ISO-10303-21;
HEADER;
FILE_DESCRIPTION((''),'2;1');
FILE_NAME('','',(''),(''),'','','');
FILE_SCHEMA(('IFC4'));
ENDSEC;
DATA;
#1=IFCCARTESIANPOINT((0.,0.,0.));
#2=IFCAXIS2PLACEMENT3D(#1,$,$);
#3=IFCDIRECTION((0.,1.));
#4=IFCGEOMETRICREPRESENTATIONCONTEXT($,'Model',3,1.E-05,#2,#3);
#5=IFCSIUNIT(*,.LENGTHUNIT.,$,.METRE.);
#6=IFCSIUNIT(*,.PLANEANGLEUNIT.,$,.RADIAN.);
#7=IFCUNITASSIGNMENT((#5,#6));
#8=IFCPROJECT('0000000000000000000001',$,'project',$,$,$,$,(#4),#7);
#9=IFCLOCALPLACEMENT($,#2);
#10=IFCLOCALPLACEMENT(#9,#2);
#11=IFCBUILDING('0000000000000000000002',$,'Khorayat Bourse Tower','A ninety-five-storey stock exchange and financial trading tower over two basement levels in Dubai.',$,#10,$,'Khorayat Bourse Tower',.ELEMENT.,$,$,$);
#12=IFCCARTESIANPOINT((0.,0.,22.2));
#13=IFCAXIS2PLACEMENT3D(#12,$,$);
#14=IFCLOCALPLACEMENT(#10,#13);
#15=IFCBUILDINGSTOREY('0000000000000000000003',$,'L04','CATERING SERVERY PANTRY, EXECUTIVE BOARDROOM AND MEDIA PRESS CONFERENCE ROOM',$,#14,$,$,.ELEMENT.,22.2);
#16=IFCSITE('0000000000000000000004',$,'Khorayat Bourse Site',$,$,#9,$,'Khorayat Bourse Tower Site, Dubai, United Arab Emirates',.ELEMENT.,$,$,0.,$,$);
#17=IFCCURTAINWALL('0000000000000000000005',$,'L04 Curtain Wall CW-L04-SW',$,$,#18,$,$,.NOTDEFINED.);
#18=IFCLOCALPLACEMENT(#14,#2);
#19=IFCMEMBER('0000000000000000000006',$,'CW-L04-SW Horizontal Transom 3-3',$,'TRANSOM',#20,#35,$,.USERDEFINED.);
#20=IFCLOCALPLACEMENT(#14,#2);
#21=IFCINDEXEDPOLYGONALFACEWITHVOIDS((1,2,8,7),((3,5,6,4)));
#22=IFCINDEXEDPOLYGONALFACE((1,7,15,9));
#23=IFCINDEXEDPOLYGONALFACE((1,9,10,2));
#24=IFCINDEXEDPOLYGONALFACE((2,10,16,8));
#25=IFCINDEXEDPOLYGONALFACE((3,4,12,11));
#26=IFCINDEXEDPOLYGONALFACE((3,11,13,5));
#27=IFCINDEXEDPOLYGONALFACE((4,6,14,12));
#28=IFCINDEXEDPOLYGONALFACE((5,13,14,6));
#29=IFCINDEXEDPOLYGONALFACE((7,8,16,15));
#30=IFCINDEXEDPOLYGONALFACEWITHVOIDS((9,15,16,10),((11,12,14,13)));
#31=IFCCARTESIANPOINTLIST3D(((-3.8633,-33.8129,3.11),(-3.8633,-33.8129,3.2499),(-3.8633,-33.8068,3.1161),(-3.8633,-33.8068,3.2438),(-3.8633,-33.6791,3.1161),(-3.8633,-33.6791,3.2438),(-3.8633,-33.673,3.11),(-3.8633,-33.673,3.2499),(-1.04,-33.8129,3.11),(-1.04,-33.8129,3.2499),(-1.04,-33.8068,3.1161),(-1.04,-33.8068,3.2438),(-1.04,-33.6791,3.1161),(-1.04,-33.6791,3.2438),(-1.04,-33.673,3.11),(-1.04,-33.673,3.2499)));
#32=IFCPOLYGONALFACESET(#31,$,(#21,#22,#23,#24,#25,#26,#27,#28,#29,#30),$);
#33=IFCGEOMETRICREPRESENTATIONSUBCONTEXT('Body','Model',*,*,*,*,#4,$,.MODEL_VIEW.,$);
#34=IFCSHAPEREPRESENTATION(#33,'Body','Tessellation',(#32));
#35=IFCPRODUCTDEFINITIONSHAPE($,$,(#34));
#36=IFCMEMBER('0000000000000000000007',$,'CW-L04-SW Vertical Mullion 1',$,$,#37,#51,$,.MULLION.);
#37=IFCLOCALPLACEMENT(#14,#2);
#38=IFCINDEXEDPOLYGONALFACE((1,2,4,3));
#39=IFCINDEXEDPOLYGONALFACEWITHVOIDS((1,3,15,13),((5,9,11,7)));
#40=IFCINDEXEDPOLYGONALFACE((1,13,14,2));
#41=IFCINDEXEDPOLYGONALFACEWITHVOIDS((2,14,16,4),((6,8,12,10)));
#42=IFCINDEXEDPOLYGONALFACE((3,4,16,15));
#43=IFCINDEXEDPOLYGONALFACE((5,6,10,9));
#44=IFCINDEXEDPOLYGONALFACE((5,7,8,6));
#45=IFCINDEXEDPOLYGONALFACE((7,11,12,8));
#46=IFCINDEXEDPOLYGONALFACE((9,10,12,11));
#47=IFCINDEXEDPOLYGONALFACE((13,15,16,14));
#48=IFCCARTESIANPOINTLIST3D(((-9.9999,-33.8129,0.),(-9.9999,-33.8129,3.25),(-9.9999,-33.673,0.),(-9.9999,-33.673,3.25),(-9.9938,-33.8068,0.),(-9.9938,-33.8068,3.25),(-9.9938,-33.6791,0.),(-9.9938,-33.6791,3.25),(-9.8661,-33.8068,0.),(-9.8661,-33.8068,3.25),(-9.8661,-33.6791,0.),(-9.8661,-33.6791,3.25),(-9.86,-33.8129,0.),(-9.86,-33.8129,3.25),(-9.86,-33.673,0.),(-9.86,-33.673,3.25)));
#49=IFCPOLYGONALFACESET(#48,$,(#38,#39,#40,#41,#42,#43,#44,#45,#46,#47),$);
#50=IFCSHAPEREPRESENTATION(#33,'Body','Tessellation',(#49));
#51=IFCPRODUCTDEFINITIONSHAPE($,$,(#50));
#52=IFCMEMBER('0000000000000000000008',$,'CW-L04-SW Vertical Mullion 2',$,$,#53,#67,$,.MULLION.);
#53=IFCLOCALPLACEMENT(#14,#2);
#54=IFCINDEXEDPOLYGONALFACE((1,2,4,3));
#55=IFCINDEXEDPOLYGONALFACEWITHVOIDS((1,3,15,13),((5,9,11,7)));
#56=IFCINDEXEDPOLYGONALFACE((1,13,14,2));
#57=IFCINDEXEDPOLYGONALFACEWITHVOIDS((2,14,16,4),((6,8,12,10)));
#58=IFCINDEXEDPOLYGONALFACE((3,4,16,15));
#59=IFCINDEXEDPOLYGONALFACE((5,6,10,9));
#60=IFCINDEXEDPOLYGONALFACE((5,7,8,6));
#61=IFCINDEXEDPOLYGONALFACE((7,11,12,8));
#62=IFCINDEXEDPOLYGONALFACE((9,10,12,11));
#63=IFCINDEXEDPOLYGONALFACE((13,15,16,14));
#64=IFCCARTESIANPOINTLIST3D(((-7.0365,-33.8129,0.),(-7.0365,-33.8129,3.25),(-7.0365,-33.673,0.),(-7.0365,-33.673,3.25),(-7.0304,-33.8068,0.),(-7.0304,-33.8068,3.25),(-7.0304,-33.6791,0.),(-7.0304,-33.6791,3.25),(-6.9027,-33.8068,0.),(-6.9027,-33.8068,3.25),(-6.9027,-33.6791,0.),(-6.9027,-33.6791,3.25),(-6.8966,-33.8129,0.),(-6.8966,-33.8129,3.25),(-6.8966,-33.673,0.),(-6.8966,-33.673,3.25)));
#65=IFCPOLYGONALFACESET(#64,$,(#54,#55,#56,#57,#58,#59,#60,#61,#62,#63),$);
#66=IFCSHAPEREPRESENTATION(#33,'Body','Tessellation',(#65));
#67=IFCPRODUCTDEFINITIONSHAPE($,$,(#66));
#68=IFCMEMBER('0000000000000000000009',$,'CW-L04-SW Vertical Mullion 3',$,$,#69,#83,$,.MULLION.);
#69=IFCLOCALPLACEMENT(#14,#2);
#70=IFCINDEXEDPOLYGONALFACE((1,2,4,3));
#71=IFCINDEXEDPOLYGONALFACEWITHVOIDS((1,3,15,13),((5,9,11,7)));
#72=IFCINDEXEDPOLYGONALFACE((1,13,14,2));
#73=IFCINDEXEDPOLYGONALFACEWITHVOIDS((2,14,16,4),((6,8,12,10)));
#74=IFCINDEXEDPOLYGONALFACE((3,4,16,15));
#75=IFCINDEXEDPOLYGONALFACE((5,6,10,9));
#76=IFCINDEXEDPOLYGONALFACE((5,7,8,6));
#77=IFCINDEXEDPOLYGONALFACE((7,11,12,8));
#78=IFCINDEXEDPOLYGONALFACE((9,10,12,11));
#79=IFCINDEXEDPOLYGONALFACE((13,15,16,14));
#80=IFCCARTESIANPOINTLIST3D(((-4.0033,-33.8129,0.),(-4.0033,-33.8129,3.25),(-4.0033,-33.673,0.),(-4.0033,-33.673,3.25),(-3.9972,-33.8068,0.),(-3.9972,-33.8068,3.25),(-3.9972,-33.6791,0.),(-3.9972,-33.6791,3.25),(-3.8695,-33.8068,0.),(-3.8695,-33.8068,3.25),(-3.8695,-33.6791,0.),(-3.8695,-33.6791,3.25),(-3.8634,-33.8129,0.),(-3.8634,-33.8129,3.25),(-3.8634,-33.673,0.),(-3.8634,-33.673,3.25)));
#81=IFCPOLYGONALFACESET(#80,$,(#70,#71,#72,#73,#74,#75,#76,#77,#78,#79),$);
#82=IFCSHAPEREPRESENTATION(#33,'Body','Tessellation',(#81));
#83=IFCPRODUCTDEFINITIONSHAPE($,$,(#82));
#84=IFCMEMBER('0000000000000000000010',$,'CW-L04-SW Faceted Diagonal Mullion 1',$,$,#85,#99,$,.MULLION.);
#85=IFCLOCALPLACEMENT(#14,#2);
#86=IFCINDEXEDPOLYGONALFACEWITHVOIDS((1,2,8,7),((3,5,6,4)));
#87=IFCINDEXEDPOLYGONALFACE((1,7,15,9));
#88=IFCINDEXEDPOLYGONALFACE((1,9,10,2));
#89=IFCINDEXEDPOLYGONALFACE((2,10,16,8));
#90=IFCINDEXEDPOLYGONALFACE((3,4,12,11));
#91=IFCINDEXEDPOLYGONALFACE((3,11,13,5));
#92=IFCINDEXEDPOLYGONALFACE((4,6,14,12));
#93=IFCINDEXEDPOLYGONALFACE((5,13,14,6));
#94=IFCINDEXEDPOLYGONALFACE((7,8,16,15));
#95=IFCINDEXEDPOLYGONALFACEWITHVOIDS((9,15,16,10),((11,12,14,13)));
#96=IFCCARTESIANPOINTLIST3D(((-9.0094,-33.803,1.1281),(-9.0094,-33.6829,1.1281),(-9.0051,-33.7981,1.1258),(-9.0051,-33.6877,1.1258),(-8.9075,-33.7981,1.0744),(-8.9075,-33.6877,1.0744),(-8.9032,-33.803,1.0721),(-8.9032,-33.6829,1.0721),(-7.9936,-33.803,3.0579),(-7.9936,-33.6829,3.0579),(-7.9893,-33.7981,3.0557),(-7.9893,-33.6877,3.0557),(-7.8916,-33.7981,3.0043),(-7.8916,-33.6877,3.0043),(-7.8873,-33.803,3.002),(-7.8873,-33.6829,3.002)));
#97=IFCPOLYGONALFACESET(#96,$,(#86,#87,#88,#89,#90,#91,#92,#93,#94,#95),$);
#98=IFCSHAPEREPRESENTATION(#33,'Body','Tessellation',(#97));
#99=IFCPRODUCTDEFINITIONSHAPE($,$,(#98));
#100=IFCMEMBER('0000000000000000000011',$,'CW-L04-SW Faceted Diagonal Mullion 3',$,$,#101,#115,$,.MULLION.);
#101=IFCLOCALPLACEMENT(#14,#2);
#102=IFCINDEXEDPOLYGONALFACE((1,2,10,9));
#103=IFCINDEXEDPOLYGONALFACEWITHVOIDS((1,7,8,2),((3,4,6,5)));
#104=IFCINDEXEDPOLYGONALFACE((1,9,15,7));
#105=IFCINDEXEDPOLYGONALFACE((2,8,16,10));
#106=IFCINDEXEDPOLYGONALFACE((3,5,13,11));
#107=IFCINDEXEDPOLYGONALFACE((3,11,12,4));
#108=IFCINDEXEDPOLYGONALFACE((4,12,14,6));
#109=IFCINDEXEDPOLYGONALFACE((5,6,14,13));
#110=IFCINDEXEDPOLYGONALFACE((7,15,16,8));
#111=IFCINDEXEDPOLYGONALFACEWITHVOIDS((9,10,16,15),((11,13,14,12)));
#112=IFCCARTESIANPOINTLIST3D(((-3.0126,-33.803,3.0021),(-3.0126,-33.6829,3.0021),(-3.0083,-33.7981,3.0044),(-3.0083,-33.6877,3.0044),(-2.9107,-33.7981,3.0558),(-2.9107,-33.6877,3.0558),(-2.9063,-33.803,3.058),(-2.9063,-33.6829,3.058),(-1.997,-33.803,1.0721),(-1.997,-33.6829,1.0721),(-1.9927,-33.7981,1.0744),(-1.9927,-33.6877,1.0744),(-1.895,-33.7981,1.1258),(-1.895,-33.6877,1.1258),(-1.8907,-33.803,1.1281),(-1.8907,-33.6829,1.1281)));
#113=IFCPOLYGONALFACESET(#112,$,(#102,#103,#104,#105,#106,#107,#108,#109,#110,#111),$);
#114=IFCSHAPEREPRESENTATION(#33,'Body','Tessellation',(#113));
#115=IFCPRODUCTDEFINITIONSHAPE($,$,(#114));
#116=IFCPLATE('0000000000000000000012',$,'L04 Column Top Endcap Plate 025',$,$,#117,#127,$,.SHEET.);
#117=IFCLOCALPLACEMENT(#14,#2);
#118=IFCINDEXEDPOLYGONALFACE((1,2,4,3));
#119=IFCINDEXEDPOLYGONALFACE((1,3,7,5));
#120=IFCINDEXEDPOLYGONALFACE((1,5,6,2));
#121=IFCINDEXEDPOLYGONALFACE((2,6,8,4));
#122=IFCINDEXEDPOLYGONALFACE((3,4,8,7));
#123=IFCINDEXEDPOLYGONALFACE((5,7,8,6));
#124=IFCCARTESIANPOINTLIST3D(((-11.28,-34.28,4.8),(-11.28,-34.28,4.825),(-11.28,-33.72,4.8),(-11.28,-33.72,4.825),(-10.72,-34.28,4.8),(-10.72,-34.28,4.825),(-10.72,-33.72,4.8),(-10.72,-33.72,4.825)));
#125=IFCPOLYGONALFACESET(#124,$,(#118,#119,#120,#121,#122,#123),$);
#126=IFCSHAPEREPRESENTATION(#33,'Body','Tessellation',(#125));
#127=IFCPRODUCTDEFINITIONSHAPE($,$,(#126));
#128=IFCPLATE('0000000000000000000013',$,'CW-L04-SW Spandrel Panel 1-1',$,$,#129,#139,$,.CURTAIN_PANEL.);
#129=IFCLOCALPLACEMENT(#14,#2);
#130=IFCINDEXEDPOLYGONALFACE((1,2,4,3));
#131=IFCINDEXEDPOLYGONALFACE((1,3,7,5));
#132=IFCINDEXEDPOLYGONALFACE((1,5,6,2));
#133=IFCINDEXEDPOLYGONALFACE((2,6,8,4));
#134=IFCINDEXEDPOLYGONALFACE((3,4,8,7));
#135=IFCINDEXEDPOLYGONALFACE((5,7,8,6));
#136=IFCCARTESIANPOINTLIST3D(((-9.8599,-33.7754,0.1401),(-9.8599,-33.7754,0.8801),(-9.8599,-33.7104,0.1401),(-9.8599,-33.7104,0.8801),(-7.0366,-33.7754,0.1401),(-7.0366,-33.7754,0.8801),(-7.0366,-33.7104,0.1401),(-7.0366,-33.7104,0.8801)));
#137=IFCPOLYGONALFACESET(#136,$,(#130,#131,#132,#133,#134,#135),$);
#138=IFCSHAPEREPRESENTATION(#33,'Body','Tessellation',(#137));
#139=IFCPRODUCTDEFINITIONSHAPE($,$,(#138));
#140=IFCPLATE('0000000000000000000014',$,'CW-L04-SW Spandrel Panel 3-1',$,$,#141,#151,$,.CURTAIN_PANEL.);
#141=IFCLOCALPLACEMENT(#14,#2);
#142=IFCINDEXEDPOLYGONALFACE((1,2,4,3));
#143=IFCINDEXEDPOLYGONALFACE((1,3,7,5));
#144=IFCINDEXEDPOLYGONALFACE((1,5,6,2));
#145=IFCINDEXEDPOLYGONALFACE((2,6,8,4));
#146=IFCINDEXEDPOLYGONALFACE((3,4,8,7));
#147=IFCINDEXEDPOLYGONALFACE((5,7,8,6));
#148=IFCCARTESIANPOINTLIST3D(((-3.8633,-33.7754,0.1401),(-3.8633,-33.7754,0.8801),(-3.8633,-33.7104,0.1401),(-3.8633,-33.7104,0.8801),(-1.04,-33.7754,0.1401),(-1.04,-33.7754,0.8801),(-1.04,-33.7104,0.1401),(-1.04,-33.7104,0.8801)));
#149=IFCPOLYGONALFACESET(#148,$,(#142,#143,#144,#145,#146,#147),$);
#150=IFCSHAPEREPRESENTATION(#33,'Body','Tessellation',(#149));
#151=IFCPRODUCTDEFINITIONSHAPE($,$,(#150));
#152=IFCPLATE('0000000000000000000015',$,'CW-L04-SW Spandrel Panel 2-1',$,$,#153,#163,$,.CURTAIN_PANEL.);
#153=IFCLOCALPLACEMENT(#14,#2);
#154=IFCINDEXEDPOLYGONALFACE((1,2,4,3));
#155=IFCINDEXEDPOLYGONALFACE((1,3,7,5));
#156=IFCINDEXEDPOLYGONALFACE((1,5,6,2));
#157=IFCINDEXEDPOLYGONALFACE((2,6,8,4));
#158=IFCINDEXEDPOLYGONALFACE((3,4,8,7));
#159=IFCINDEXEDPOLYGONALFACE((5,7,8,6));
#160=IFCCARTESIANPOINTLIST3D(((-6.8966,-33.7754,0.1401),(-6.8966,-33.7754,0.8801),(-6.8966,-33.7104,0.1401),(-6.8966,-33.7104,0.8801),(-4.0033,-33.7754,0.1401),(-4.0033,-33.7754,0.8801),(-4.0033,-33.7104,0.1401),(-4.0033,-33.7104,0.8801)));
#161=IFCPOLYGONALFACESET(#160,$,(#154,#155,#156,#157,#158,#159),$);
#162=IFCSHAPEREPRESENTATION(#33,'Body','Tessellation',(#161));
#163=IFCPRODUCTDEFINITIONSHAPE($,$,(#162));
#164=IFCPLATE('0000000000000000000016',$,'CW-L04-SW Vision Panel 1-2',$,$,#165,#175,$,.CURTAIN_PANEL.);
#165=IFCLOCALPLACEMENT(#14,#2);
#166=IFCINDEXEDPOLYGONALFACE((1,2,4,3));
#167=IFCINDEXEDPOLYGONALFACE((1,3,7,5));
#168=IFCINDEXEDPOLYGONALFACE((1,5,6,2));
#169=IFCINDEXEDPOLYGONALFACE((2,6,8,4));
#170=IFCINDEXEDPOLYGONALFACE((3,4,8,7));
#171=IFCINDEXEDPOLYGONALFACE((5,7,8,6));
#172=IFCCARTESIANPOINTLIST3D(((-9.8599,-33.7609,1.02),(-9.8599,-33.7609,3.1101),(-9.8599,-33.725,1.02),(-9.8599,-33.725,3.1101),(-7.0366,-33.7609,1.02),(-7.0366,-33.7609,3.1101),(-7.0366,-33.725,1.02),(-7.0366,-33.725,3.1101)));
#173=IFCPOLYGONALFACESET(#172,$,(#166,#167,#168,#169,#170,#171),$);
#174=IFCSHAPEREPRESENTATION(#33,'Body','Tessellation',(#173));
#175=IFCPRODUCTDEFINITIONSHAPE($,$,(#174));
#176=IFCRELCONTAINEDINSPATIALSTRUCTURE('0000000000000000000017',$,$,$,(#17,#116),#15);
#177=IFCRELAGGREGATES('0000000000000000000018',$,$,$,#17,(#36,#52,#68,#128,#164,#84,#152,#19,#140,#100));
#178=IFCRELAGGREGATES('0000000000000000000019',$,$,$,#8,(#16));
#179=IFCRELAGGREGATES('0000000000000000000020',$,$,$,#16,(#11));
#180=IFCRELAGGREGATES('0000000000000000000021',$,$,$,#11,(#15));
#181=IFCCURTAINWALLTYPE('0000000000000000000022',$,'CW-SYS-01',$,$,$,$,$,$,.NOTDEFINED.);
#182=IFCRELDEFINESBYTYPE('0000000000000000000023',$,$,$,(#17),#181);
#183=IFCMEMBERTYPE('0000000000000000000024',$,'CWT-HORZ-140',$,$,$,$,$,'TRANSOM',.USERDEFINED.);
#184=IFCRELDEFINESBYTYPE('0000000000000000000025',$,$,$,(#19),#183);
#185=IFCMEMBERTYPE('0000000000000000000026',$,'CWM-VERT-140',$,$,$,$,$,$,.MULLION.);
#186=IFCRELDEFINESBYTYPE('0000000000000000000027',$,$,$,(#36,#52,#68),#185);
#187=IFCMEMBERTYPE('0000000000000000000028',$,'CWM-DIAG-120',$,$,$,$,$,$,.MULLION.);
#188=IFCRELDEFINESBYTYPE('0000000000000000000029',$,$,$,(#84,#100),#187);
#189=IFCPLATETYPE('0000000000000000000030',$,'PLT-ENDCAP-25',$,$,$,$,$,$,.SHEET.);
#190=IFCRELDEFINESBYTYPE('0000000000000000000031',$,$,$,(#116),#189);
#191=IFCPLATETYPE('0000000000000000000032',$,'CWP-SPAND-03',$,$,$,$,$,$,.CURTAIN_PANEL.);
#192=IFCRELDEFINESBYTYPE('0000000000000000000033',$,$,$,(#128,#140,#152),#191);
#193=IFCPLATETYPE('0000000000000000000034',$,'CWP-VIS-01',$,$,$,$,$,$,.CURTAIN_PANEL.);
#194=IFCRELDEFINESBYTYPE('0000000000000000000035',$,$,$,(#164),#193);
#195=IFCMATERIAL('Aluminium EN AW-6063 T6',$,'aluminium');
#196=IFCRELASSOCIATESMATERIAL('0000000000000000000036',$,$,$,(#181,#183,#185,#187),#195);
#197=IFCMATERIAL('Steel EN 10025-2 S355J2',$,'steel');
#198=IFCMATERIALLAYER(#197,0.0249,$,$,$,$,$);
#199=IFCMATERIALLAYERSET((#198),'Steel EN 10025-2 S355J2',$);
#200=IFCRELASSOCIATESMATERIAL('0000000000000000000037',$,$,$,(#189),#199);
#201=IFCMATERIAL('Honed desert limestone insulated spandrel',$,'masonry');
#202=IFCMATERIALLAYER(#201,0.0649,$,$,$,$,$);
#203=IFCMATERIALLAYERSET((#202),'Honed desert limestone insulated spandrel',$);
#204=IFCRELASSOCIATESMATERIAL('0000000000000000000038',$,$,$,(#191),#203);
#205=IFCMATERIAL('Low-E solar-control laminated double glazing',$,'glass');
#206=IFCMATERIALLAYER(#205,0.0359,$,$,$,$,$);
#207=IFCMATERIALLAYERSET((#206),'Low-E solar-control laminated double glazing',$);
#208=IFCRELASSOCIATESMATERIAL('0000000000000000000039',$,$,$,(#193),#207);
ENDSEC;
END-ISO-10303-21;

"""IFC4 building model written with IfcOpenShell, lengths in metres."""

from ifc_helpers import new_model, si_unit, direction, frame, origin, origin_2d, place, context, subcontext, project, spatial, rectangle, hollow_rectangle, extrude, source, transform, mapped, material, layer, layer_set, material_profile, profile_set, type_object, element, aggregate, save


model = new_model("IFC4")

# Units and contexts
model_context = context("Model", 3, precision=1e-05, world=origin(), true_north=direction((0.0, 1.0)))
body_context = subcontext(model_context, "Body", "Model", "MODEL_VIEW")
ifc_project = project(units=[si_unit("LENGTHUNIT", "METRE"), si_unit("PLANEANGLEUNIT", "RADIAN")], contexts=[model_context])

# Site, building, storey
site_placement = place(None, origin())
site = spatial("IfcSite", under=ifc_project, at=site_placement, Name="Khorayat Bourse Site", LongName="Khorayat Bourse Tower Site, Dubai, United Arab Emirates", CompositionType="ELEMENT", RefElevation=0.0)
building_placement = place(site_placement, origin())
building = spatial("IfcBuilding", under=site, at=building_placement, Name="Khorayat Bourse Tower", Description="A ninety-five-storey stock exchange and financial trading tower over two basement levels in Dubai.", LongName="Khorayat Bourse Tower", CompositionType="ELEMENT")
storey_placement = place(building_placement, frame((0.0, 0.0, 22.2)))
storey = spatial("IfcBuildingStorey", under=building, at=storey_placement, Name="L04", Description="CATERING SERVERY PANTRY, EXECUTIVE BOARDROOM AND MEDIA PRESS CONFERENCE ROOM", CompositionType="ELEMENT", Elevation=22.2)

# Shared definitions
ifc_material_1 = material(Name="Steel EN 10025-2 S355J2", Category="steel")

# Curtain wall, members
ifc_material_2 = material(Name="Aluminium EN AW-6063 T6", Category="aluminium")
curtain_wall_type = type_object("IfcCurtainWallType", Name="CW-SYS-01", PredefinedType="NOTDEFINED", material=ifc_material_2)
curtain_wall_placement = place(storey_placement, origin())
curtain_wall = element("IfcCurtainWall", 1, at=curtain_wall_placement, inside=storey, type_object=curtain_wall_type, Name="L04 Curtain Wall CW-L04-SW", PredefinedType="NOTDEFINED")
ifc_material_profile_1 = material_profile(ifc_material_2, hollow_rectangle(XDim=0.1399, YDim=0.1399, WallThickness=0.0061, at=origin_2d()), Name="ALU 140x140x6")
ifc_profile_set_1 = profile_set([ifc_material_profile_1], Name="Aluminium EN AW-6063 T6")
member_type_1 = type_object("IfcMemberType", Name="CWT-HORZ-140", ElementType="TRANSOM", PredefinedType="USERDEFINED", material=ifc_profile_set_1)
shared_shape_1 = source(origin(), body_context, "Body", "SweptSolid", [
    extrude(hollow_rectangle(XDim=0.1399, YDim=0.1399, WallThickness=0.0061, at=origin_2d()), origin(), (0.0, 0.0, 1.0), 2.8232),
])
member_1_placement = place(storey_placement, frame((-3.8633, -33.7429, 3.1799), z_axis=(1.0, 0.0, 0.0), x_axis=(0.0, 1.0, 0.0)))
member_1 = element("IfcMember", 2, at=member_1_placement, type_object=member_type_1, Name="CW-L04-SW Horizontal Transom 3-3", ObjectType="TRANSOM", PredefinedType="USERDEFINED", context=body_context, shape_type="MappedRepresentation", body=[
    mapped(shared_shape_1, transform((0.0, 0.0, 0.0), scale=1.0)),
])
ifc_material_profile_2 = material_profile(ifc_material_2, hollow_rectangle(XDim=0.1399, YDim=0.1399, WallThickness=0.0061, at=origin_2d()), Name="ALU 140x140x6")
ifc_profile_set_2 = profile_set([ifc_material_profile_2], Name="Aluminium EN AW-6063 T6")
member_type_2 = type_object("IfcMemberType", Name="CWM-VERT-140", PredefinedType="MULLION", material=ifc_profile_set_2)
shared_shape_2 = source(origin(), body_context, "Body", "SweptSolid", [
    extrude(hollow_rectangle(XDim=0.1399, YDim=0.1399, WallThickness=0.0061, at=origin_2d()), origin(), (0.0, 0.0, 1.0), 3.25),
])
member_2_placement = place(storey_placement, frame((-9.9299, -33.7429, 0.0), z_axis=(0.0, 0.0, 1.0), x_axis=(0.0, 1.0, 0.0)))
member_2 = element("IfcMember", 3, at=member_2_placement, type_object=member_type_2, Name="CW-L04-SW Vertical Mullion 1", PredefinedType="MULLION", context=body_context, shape_type="MappedRepresentation", body=[
    mapped(shared_shape_2, transform((0.0, 0.0, 0.0), scale=1.0)),
])
member_3_placement = place(storey_placement, frame((-6.9666, -33.7429, 0.0), z_axis=(0.0, 0.0, 1.0), x_axis=(0.0, 1.0, 0.0)))
member_3 = element("IfcMember", 4, at=member_3_placement, type_object=member_type_2, Name="CW-L04-SW Vertical Mullion 2", PredefinedType="MULLION", context=body_context, shape_type="MappedRepresentation", body=[
    mapped(shared_shape_2, transform((0.0, 0.0, 0.0), scale=1.0)),
])
member_4_placement = place(storey_placement, frame((-3.9333, -33.7429, 0.0), z_axis=(0.0, 0.0, 1.0), x_axis=(0.0, 1.0, 0.0)))
member_4 = element("IfcMember", 5, at=member_4_placement, type_object=member_type_2, Name="CW-L04-SW Vertical Mullion 3", PredefinedType="MULLION", context=body_context, shape_type="MappedRepresentation", body=[
    mapped(shared_shape_2, transform((0.0, 0.0, 0.0), scale=1.0)),
])
ifc_material_profile_3 = material_profile(ifc_material_2, hollow_rectangle(XDim=0.1201, YDim=0.1201, WallThickness=0.0049, at=origin_2d()), Name="ALU 120x120x5")
ifc_profile_set_3 = profile_set([ifc_material_profile_3], Name="Aluminium EN AW-6063 T6")
member_type_3 = type_object("IfcMemberType", Name="CWM-DIAG-120", PredefinedType="MULLION", material=ifc_profile_set_3)
shared_shape_3 = source(origin(), body_context, "Body", "SweptSolid", [
    extrude(hollow_rectangle(XDim=0.1201, YDim=0.1201, WallThickness=0.0049, at=origin_2d()), origin(), (0.0, 0.0, 1.0), 2.1809),
])
member_5_placement = place(storey_placement, frame((-8.9563, -33.7429, 1.1001), z_axis=(0.465788, 0.0, 0.884896), x_axis=(0.0, 1.0, 0.0)))
member_5 = element("IfcMember", 6, at=member_5_placement, type_object=member_type_3, Name="CW-L04-SW Faceted Diagonal Mullion 1", PredefinedType="MULLION", context=body_context, shape_type="MappedRepresentation", body=[
    mapped(shared_shape_3, transform((0.0, 0.0, 0.0), scale=1.0)),
])
member_6_placement = place(storey_placement, frame((-1.9438, -33.7429, 1.1001), z_axis=(-0.4657, 0.0, 0.884943), x_axis=(0.0, -1.0, 0.0)))
member_6 = element("IfcMember", 7, at=member_6_placement, type_object=member_type_3, Name="CW-L04-SW Faceted Diagonal Mullion 3", PredefinedType="MULLION", context=body_context, shape_type="MappedRepresentation", body=[
    mapped(shared_shape_3, transform((0.0, 0.0, 0.0), scale=1.0)),
])

# Plates
ifc_layer_1 = layer(ifc_material_1, 0.0249)
ifc_layer_set_1 = layer_set([ifc_layer_1], Name="Steel EN 10025-2 S355J2")
plate_type_1 = type_object("IfcPlateType", Name="PLT-ENDCAP-25", PredefinedType="SHEET", material=ifc_layer_set_1)
shared_shape_4 = source(origin(), body_context, "Body", "SweptSolid", [
    extrude(rectangle(XDim=0.5601, YDim=0.5601, at=origin_2d()), origin(), (0.0, 0.0, 1.0), 0.0249),
])
plate_1_placement = place(storey_placement, frame((-11.0, -34.0, 4.8), z_axis=(0.0, 0.0, 1.0), x_axis=(1.0, 0.0, 0.0)))
element("IfcPlate", 8, at=plate_1_placement, inside=storey, type_object=plate_type_1, Name="L04 Column Top Endcap Plate 025", PredefinedType="SHEET", context=body_context, shape_type="MappedRepresentation", body=[
    mapped(shared_shape_4, transform((0.0, 0.0, 0.0), scale=1.0)),
])
ifc_material_3 = material(Name="Honed desert limestone insulated spandrel", Category="masonry")
ifc_layer_2 = layer(ifc_material_3, 0.0649)
ifc_layer_set_2 = layer_set([ifc_layer_2], Name="Honed desert limestone insulated spandrel")
plate_type_2 = type_object("IfcPlateType", Name="CWP-SPAND-03", PredefinedType="CURTAIN_PANEL", material=ifc_layer_set_2)
shared_shape_5 = source(origin(), body_context, "Body", "SweptSolid", [
    extrude(rectangle(XDim=2.8232, YDim=0.0649, at=origin_2d()), origin(), (0.0, 0.0, 1.0), 0.74),
])
plate_2_placement = place(storey_placement, frame((-8.4482, -33.7429, 0.1401), z_axis=(0.0, 0.0, 1.0), x_axis=(1.0, 0.0, 0.0)))
plate_2 = element("IfcPlate", 9, at=plate_2_placement, type_object=plate_type_2, Name="CW-L04-SW Spandrel Panel 1-1", PredefinedType="CURTAIN_PANEL", context=body_context, shape_type="MappedRepresentation", body=[
    mapped(shared_shape_5, transform((0.0, 0.0, 0.0), scale=1.0)),
])
plate_3_placement = place(storey_placement, frame((-2.4517, -33.7429, 0.1401), z_axis=(0.0, 0.0, 1.0), x_axis=(1.0, 0.0, 0.0)))
plate_3 = element("IfcPlate", 10, at=plate_3_placement, type_object=plate_type_2, Name="CW-L04-SW Spandrel Panel 3-1", PredefinedType="CURTAIN_PANEL", context=body_context, shape_type="MappedRepresentation", body=[
    mapped(shared_shape_5, transform((0.0, 0.0, 0.0), scale=1.0)),
])
shared_shape_6 = source(origin(), body_context, "Body", "SweptSolid", [
    extrude(rectangle(XDim=2.8933, YDim=0.0649, at=origin_2d()), origin(), (0.0, 0.0, 1.0), 0.74),
])
plate_4_placement = place(storey_placement, frame((-5.45, -33.7429, 0.1401), z_axis=(0.0, 0.0, 1.0), x_axis=(1.0, 0.0, 0.0)))
plate_4 = element("IfcPlate", 11, at=plate_4_placement, type_object=plate_type_2, Name="CW-L04-SW Spandrel Panel 2-1", PredefinedType="CURTAIN_PANEL", context=body_context, shape_type="MappedRepresentation", body=[
    mapped(shared_shape_6, transform((0.0, 0.0, 0.0), scale=1.0)),
])
ifc_material_4 = material(Name="Low-E solar-control laminated double glazing", Category="glass")
ifc_layer_3 = layer(ifc_material_4, 0.0359)
ifc_layer_set_3 = layer_set([ifc_layer_3], Name="Low-E solar-control laminated double glazing")
plate_type_3 = type_object("IfcPlateType", Name="CWP-VIS-01", PredefinedType="CURTAIN_PANEL", material=ifc_layer_set_3)
shared_shape_7 = source(origin(), body_context, "Body", "SweptSolid", [
    extrude(rectangle(XDim=2.8232, YDim=0.0359, at=origin_2d()), origin(), (0.0, 0.0, 1.0), 2.0901),
])
plate_5_placement = place(storey_placement, frame((-8.4482, -33.7429, 1.02), z_axis=(0.0, 0.0, 1.0), x_axis=(1.0, 0.0, 0.0)))
plate_5 = element("IfcPlate", 12, at=plate_5_placement, type_object=plate_type_3, Name="CW-L04-SW Vision Panel 1-2", PredefinedType="CURTAIN_PANEL", context=body_context, shape_type="MappedRepresentation", body=[
    mapped(shared_shape_7, transform((0.0, 0.0, 0.0), scale=1.0)),
])
aggregate(curtain_wall, [member_2, member_3, member_4, plate_2, plate_5, member_5, plate_4, member_1, plate_3, member_6])

save(model, "model.ifc")
